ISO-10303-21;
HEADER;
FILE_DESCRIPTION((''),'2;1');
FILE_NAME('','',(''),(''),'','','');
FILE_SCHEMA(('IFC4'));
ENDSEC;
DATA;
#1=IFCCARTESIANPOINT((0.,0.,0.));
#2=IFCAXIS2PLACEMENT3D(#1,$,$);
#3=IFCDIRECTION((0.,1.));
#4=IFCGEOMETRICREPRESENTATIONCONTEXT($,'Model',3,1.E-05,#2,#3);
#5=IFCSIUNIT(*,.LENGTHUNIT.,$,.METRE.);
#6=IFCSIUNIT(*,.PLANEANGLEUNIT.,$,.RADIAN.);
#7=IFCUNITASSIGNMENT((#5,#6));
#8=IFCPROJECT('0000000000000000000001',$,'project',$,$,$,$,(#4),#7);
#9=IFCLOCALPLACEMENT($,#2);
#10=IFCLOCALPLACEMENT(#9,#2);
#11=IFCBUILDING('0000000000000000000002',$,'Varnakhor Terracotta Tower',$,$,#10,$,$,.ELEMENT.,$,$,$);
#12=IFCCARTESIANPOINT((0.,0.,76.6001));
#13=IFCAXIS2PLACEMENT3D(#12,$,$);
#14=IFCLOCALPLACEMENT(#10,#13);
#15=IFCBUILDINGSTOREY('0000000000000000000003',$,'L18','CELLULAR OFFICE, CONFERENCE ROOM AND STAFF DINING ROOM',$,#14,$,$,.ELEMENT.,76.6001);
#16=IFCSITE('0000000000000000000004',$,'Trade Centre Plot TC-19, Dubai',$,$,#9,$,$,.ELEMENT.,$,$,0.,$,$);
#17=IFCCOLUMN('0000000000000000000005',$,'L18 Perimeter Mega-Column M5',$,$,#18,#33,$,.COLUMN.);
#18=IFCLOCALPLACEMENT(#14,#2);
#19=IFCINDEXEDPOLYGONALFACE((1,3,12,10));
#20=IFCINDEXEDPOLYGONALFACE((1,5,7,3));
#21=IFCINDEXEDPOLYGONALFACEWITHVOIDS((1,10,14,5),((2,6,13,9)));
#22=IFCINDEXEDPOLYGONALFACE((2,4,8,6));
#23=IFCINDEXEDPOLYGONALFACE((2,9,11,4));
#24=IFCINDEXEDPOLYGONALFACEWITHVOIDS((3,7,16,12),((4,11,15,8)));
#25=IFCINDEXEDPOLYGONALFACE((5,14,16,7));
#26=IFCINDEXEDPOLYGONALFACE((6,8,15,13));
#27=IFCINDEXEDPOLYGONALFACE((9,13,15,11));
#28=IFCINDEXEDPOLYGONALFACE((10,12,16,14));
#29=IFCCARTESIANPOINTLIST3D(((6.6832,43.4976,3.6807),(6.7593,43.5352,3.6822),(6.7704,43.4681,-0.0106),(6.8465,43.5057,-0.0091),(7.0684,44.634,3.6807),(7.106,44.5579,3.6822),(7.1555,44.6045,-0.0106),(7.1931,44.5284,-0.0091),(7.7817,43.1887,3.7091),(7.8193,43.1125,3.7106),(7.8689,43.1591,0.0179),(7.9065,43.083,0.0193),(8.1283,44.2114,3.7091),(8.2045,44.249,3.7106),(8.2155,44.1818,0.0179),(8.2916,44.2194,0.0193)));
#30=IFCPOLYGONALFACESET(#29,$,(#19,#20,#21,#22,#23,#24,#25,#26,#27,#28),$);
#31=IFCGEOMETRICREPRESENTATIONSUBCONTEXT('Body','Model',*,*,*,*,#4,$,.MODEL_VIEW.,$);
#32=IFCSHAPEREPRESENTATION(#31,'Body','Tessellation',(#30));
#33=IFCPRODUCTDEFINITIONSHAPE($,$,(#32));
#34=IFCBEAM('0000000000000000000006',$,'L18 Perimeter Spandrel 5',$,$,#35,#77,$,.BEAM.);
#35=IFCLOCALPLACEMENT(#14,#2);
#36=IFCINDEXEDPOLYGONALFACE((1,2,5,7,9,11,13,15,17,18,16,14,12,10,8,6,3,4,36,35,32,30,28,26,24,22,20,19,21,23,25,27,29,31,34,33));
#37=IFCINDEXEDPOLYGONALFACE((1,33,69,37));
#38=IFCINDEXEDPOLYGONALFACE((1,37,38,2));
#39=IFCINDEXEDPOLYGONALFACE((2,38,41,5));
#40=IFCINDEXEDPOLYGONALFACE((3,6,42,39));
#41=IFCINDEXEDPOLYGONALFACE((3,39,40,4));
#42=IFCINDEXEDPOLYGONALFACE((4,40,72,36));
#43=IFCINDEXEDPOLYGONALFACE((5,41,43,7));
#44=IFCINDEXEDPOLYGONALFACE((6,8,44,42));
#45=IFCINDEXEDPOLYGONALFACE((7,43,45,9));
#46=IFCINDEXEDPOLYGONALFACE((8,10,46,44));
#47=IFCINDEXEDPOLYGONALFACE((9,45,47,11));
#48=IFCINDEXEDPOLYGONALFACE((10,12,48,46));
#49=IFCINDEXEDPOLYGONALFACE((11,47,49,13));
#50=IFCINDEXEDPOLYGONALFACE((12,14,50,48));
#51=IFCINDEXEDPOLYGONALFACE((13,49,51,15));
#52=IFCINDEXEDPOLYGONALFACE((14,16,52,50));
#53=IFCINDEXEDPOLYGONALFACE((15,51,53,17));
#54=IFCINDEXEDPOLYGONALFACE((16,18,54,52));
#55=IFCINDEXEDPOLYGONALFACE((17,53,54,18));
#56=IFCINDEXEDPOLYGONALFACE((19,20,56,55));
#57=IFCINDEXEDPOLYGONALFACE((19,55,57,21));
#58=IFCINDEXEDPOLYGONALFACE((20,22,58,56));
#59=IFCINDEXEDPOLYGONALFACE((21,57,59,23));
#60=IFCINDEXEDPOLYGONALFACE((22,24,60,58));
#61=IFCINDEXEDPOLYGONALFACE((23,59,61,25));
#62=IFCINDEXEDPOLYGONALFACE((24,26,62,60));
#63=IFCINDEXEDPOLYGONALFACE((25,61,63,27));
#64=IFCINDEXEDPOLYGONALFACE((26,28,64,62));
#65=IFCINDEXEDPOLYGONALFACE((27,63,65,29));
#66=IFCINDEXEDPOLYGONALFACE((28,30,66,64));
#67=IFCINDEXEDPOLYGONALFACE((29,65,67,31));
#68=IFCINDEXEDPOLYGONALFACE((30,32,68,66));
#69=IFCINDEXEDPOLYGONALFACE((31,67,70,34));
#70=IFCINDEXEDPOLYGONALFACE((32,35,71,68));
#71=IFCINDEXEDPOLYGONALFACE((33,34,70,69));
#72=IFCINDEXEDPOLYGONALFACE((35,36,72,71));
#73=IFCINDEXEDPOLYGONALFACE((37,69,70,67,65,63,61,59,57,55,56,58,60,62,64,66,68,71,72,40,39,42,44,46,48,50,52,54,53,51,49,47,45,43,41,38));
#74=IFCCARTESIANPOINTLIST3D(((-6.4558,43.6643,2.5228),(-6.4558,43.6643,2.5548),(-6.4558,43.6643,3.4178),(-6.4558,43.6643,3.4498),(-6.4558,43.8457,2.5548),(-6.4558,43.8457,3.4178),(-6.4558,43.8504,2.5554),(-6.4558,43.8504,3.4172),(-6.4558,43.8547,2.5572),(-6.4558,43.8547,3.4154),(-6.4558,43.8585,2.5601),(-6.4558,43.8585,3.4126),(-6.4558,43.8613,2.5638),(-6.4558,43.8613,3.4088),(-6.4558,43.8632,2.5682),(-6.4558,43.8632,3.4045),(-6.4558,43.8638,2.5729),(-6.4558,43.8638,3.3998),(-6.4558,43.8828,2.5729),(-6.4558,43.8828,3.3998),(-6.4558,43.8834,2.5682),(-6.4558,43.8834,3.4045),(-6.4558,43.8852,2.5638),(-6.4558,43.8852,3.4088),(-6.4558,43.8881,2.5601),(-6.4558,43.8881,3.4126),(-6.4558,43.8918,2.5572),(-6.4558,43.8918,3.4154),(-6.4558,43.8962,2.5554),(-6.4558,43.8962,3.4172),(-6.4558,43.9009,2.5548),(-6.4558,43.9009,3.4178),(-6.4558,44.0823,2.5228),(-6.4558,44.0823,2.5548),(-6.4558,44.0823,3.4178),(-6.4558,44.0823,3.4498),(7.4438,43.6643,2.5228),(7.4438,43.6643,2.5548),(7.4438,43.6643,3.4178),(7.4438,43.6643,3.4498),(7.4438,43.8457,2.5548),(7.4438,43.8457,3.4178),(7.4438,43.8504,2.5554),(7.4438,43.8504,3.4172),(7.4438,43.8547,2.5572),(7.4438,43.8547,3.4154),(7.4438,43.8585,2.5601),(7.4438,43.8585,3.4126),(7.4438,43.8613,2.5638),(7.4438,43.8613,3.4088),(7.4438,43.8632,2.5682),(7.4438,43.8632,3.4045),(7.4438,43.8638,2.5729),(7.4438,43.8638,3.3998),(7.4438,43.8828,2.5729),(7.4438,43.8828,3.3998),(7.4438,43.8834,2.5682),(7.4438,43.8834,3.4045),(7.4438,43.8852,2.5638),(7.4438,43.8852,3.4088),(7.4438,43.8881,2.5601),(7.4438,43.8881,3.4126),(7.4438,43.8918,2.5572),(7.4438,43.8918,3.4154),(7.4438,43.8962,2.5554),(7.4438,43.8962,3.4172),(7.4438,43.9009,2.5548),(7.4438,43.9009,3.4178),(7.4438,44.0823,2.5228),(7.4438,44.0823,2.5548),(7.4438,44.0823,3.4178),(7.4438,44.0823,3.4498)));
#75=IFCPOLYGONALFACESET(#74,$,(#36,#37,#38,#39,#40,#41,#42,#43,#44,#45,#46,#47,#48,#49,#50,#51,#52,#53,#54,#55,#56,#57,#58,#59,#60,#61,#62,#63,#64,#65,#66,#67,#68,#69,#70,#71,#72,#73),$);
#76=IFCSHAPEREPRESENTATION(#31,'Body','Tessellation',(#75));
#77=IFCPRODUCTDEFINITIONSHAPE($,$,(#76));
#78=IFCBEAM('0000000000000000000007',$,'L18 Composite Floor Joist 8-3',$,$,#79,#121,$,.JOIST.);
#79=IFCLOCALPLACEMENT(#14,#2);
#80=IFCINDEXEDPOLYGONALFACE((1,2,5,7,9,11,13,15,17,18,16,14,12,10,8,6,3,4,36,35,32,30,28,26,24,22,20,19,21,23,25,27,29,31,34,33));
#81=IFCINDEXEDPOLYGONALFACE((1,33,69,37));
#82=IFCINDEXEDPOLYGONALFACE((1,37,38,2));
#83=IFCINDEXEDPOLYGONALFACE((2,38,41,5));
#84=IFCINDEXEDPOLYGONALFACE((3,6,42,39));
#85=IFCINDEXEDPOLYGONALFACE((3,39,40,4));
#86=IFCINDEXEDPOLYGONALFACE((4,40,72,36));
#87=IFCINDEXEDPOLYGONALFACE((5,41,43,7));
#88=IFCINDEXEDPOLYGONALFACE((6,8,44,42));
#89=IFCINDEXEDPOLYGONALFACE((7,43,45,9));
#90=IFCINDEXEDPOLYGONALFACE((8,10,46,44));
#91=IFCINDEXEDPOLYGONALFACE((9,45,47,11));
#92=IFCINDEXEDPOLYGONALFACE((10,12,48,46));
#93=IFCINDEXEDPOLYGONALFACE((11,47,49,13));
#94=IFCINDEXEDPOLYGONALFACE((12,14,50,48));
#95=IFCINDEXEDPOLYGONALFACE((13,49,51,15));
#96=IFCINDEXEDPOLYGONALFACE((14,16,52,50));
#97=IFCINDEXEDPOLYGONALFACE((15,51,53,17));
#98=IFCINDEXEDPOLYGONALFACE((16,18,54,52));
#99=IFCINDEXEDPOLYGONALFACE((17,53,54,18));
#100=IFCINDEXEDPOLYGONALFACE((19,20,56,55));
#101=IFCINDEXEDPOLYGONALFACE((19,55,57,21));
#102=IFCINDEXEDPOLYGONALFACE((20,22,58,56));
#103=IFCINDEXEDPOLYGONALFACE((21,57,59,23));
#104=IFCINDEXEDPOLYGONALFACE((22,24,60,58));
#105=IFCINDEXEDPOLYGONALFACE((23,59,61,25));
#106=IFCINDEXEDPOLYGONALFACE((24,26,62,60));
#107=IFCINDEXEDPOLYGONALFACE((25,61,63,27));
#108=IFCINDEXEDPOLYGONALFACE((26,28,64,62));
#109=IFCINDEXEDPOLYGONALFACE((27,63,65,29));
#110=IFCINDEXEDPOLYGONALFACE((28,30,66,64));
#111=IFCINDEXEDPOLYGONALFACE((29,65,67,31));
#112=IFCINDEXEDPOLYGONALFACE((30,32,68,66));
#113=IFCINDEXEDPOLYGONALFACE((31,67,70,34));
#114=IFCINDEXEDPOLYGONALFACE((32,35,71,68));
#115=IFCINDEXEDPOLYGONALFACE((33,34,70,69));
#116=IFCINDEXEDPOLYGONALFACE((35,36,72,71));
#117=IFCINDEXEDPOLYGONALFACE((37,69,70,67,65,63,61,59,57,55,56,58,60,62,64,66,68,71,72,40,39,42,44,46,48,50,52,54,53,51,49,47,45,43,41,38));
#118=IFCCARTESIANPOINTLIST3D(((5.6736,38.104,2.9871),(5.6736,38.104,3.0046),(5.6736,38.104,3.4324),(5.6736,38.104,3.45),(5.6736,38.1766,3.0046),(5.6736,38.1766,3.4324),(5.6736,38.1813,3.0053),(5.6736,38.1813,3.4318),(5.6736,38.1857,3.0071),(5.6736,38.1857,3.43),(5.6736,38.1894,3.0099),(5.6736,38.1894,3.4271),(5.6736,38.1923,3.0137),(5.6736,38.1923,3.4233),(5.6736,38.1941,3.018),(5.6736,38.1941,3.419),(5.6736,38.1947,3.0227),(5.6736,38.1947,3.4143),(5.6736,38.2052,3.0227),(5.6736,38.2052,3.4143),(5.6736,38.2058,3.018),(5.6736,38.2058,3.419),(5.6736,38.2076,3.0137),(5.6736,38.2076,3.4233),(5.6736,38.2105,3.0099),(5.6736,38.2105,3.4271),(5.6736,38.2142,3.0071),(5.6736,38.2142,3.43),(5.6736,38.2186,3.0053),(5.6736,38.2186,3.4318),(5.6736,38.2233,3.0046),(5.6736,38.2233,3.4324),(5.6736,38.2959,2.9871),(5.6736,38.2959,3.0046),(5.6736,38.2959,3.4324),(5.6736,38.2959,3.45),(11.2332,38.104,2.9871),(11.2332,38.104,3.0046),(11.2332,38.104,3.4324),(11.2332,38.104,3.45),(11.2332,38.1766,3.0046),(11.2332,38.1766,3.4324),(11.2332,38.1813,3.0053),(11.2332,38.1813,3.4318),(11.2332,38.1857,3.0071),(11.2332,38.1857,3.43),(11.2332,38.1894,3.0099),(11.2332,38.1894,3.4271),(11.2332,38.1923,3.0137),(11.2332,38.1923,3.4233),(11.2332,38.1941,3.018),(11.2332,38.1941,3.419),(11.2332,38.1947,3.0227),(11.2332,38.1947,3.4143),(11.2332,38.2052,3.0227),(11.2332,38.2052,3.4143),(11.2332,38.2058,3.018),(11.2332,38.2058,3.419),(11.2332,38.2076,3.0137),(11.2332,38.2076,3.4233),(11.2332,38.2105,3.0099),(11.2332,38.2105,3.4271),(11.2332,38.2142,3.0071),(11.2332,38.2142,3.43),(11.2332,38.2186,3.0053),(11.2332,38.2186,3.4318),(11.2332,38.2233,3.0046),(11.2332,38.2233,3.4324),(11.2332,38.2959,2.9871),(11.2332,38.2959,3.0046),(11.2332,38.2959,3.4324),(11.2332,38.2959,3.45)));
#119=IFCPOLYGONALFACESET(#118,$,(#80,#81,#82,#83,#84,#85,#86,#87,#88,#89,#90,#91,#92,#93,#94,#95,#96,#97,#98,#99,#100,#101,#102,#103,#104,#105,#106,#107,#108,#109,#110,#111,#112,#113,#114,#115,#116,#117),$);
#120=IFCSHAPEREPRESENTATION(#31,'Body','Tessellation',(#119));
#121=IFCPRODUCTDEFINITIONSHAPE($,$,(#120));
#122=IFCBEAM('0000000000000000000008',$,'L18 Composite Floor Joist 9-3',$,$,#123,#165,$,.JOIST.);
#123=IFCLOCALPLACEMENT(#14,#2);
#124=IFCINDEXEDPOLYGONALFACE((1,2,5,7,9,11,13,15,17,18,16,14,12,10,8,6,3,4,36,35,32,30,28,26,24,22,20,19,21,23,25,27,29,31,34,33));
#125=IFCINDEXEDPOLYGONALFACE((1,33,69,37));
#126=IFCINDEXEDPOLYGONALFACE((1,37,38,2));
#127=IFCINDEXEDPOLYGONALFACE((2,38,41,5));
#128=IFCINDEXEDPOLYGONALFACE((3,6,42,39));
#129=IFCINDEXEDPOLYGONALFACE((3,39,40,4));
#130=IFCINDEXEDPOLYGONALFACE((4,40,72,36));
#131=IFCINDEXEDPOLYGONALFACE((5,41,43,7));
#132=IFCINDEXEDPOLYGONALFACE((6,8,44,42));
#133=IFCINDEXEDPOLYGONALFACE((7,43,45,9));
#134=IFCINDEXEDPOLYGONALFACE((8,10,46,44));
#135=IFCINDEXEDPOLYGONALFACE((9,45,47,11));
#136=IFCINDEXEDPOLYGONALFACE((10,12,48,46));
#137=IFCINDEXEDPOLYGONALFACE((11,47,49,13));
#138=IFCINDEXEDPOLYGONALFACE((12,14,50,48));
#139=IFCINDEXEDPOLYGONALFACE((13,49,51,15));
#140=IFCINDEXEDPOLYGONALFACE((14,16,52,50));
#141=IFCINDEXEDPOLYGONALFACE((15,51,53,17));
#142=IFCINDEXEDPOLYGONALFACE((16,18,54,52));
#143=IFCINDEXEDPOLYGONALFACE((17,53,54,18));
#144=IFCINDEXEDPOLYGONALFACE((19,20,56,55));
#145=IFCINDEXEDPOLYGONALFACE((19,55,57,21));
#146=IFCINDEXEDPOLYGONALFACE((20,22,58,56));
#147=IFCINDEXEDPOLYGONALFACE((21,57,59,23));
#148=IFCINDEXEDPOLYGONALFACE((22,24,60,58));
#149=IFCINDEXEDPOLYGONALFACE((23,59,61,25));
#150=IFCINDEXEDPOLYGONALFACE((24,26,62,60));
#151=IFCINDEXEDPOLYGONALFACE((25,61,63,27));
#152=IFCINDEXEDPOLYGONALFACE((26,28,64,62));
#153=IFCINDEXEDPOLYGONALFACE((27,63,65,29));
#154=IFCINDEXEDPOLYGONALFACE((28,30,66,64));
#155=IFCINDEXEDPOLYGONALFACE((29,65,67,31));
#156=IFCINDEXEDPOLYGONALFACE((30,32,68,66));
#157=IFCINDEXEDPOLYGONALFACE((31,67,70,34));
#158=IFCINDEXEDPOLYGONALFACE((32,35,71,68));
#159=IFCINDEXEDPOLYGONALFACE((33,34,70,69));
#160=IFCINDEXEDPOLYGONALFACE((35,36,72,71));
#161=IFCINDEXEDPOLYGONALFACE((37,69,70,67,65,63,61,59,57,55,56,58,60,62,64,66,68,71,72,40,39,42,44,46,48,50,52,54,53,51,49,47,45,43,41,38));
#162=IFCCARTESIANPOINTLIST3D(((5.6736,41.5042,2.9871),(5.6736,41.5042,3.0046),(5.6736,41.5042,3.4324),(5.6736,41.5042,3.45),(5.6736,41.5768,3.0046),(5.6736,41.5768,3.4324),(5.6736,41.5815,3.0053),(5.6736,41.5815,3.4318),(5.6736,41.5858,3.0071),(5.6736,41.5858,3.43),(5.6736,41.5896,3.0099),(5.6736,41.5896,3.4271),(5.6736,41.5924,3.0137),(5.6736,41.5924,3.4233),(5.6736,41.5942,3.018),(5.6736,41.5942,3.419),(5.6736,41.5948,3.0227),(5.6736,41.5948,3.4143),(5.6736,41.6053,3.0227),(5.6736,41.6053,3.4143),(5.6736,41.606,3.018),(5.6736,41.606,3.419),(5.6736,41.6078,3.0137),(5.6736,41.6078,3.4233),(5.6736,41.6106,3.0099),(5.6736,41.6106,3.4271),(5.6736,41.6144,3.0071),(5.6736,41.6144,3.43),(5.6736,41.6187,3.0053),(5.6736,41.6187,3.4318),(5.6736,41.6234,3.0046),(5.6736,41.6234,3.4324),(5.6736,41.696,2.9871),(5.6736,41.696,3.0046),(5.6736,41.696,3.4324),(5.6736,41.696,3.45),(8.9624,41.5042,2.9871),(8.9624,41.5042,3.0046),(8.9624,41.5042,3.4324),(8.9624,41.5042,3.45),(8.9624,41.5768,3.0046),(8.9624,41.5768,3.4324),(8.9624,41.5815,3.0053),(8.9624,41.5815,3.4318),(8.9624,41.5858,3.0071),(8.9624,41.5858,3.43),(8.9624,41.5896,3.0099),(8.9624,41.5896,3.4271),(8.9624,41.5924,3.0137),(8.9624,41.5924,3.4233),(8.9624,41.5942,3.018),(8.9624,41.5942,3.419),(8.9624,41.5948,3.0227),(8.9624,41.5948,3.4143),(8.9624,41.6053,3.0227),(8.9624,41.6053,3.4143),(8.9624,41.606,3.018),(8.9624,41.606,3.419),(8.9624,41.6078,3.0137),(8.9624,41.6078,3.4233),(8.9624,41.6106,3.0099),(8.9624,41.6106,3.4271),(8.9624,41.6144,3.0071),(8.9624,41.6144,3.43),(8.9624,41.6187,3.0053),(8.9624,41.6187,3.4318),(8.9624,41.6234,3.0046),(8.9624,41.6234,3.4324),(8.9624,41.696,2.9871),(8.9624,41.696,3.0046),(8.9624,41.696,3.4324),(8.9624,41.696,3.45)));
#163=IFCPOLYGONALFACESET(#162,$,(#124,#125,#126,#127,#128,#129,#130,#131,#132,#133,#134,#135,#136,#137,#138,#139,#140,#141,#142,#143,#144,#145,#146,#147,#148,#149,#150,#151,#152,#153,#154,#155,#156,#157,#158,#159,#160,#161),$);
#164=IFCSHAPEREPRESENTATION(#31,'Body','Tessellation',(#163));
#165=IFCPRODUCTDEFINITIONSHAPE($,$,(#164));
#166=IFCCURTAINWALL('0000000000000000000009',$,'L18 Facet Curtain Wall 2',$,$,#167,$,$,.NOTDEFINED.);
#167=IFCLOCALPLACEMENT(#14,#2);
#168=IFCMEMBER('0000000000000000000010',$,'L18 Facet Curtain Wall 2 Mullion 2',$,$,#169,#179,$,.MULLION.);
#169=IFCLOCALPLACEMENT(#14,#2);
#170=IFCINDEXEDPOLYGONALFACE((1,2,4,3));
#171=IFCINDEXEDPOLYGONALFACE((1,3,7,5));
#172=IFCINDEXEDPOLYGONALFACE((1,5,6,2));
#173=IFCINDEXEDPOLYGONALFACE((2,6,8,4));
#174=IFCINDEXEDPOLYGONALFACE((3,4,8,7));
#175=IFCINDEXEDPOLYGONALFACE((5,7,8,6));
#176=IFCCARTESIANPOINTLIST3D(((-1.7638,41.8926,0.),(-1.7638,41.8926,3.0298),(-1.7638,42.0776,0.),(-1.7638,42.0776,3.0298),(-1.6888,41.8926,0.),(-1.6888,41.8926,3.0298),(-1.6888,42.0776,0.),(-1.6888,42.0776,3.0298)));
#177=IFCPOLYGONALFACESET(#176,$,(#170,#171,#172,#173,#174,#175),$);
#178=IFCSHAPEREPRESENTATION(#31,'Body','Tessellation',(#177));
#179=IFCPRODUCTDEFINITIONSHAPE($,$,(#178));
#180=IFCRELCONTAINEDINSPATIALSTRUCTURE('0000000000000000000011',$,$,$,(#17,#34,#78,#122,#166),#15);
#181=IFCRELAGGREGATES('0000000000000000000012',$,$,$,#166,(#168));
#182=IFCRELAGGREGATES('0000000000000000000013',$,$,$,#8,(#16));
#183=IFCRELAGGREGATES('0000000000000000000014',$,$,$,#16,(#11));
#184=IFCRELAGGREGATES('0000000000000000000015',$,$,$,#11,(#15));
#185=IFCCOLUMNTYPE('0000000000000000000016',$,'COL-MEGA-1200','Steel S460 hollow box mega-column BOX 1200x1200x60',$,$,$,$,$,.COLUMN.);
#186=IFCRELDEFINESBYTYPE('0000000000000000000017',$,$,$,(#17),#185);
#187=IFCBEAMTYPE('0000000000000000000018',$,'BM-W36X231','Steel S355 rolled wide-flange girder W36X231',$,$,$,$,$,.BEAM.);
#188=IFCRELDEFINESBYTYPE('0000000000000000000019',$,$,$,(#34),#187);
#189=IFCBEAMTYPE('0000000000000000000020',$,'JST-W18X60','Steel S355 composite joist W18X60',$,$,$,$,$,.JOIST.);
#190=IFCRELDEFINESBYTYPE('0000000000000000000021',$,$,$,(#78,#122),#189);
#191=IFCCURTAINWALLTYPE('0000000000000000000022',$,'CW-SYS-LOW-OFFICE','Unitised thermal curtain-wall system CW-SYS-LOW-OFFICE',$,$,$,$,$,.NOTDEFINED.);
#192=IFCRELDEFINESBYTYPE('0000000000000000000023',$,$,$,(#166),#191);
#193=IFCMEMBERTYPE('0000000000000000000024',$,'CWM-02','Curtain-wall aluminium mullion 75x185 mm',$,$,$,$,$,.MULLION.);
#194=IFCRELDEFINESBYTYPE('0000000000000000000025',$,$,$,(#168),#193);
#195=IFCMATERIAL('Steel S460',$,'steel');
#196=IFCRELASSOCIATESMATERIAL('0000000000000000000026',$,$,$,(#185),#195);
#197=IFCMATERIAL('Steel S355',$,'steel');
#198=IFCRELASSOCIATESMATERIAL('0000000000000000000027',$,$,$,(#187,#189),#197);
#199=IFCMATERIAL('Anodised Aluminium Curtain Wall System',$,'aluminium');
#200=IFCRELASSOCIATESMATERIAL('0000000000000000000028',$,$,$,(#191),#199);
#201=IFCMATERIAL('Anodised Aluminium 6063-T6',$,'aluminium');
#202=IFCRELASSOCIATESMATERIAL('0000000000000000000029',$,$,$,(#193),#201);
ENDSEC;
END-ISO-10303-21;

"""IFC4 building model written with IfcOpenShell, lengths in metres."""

from ifc_helpers import new_model, si_unit, direction, frame, origin, origin_2d, place, context, subcontext, project, spatial, rectangle, hollow_rectangle, i_section, extrude, source, transform, mapped, material, material_profile, profile_set, type_object, element, aggregate, save


model = new_model("IFC4")

# Units and contexts
model_context = context("Model", 3, precision=1e-05, world=origin(), true_north=direction((0.0, 1.0)))
body_context = subcontext(model_context, "Body", "Model", "MODEL_VIEW")
ifc_project = project(units=[si_unit("LENGTHUNIT", "METRE"), si_unit("PLANEANGLEUNIT", "RADIAN")], contexts=[model_context])

# Site, building, storey
site_placement = place(None, origin())
site = spatial("IfcSite", under=ifc_project, at=site_placement, Name="Trade Centre Plot TC-19, Dubai", CompositionType="ELEMENT", RefElevation=0.0)
building_placement = place(site_placement, origin())
building = spatial("IfcBuilding", under=site, at=building_placement, Name="Varnakhor Terracotta Tower", CompositionType="ELEMENT")
storey_placement = place(building_placement, frame((0.0, 0.0, 76.6001)))
storey = spatial("IfcBuildingStorey", under=building, at=storey_placement, Name="L18", Description="CELLULAR OFFICE, CONFERENCE ROOM AND STAFF DINING ROOM", CompositionType="ELEMENT", Elevation=76.6001)

# Column
ifc_material_1 = material(Name="Steel S460", Category="steel")
ifc_material_profile_1 = material_profile(ifc_material_1, hollow_rectangle(XDim=1.2, YDim=1.2, WallThickness=0.0601, at=origin_2d()), Name="BOX 1200x1200x60")
ifc_profile_set_1 = profile_set([ifc_material_profile_1], Name="Steel S460")
column_type = type_object("IfcColumnType", Name="COL-MEGA-1200", Description="Steel S460 hollow box mega-column BOX 1200x1200x60", PredefinedType="COLUMN", material=ifc_profile_set_1)
shared_shape_1 = source(origin(), body_context, "Body", "SweptSolid", [
    extrude(hollow_rectangle(XDim=1.2, YDim=1.2, WallThickness=0.0601, at=origin_2d()), origin(), (0.0, 0.0, 1.0), 3.6924),
])
column_placement = place(storey_placement, frame((7.531, 43.8438, 0.0044), z_axis=(-0.023605, 0.008001, 0.999689), x_axis=(-0.320999, -0.94708, 0.0)))
element("IfcColumn", 1, at=column_placement, inside=storey, type_object=column_type, Name="L18 Perimeter Mega-Column M5", PredefinedType="COLUMN", context=body_context, shape_type="MappedRepresentation", body=[
    mapped(shared_shape_1, transform((0.0, 0.0, 0.0), scale=1.0)),
])

# Beams
ifc_material_2 = material(Name="Steel S355", Category="steel")
ifc_material_profile_2 = material_profile(ifc_material_2, i_section(OverallWidth=0.418, OverallDepth=0.927, WebThickness=0.019, FlangeThickness=0.032, FilletRadius=0.0181, at=origin_2d()), Name="W36X231")
ifc_profile_set_2 = profile_set([ifc_material_profile_2], Name="Steel S355")
beam_type_1 = type_object("IfcBeamType", Name="BM-W36X231", Description="Steel S355 rolled wide-flange girder W36X231", PredefinedType="BEAM", material=ifc_profile_set_2)
shared_shape_2 = source(origin(), body_context, "Body", "SweptSolid", [
    extrude(i_section(OverallWidth=0.418, OverallDepth=0.927, WebThickness=0.019, FlangeThickness=0.032, FilletRadius=0.0181, at=origin_2d()), origin(), (0.0, 0.0, 1.0), 13.8997),
])
beam_1_placement = place(storey_placement, frame((7.4438, 43.8733, 2.9863), z_axis=(-1.0, 0.0, 0.0), x_axis=(0.0, -1.0, 0.0)))
element("IfcBeam", 2, at=beam_1_placement, inside=storey, type_object=beam_type_1, Name="L18 Perimeter Spandrel 5", PredefinedType="BEAM", context=body_context, shape_type="MappedRepresentation", body=[
    mapped(shared_shape_2, transform((0.0, 0.0, 0.0), scale=1.0)),
])
ifc_material_profile_3 = material_profile(ifc_material_2, i_section(OverallWidth=0.1919, OverallDepth=0.4629, WebThickness=0.0105, FlangeThickness=0.0176, FilletRadius=0.0181, at=origin_2d()), Name="W18X60")
ifc_profile_set_3 = profile_set([ifc_material_profile_3], Name="Steel S355")
beam_type_2 = type_object("IfcBeamType", Name="JST-W18X60", Description="Steel S355 composite joist W18X60", PredefinedType="JOIST", material=ifc_profile_set_3)
shared_shape_3 = source(origin(), body_context, "Body", "SweptSolid", [
    extrude(i_section(OverallWidth=0.1919, OverallDepth=0.4629, WebThickness=0.0105, FlangeThickness=0.0176, FilletRadius=0.0181, at=origin_2d()), origin(), (0.0, 0.0, 1.0), 5.5596),
])
beam_2_placement = place(storey_placement, frame((5.6736, 38.2, 3.2185), z_axis=(1.0, 0.0, 0.0), x_axis=(0.0, 1.0, 0.0)))
element("IfcBeam", 3, at=beam_2_placement, inside=storey, type_object=beam_type_2, Name="L18 Composite Floor Joist 8-3", PredefinedType="JOIST", context=body_context, shape_type="MappedRepresentation", body=[
    mapped(shared_shape_3, transform((0.0, 0.0, 0.0), scale=1.0)),
])
shared_shape_4 = source(origin(), body_context, "Body", "SweptSolid", [
    extrude(i_section(OverallWidth=0.1919, OverallDepth=0.4629, WebThickness=0.0105, FlangeThickness=0.0176, FilletRadius=0.0181, at=origin_2d()), origin(), (0.0, 0.0, 1.0), 3.2888),
])
beam_3_placement = place(storey_placement, frame((5.6736, 41.6001, 3.2185), z_axis=(1.0, 0.0, 0.0), x_axis=(0.0, 1.0, 0.0)))
element("IfcBeam", 4, at=beam_3_placement, inside=storey, type_object=beam_type_2, Name="L18 Composite Floor Joist 9-3", PredefinedType="JOIST", context=body_context, shape_type="MappedRepresentation", body=[
    mapped(shared_shape_4, transform((0.0, 0.0, 0.0), scale=1.0)),
])

# Curtain wall, member
ifc_material_3 = material(Name="Anodised Aluminium Curtain Wall System", Category="aluminium")
curtain_wall_type = type_object("IfcCurtainWallType", Name="CW-SYS-LOW-OFFICE", Description="Unitised thermal curtain-wall system CW-SYS-LOW-OFFICE", PredefinedType="NOTDEFINED", material=ifc_material_3)
curtain_wall_1_placement = place(storey_placement, origin())
curtain_wall_1 = element("IfcCurtainWall", 5, at=curtain_wall_1_placement, inside=storey, type_object=curtain_wall_type, Name="L18 Facet Curtain Wall 2", PredefinedType="NOTDEFINED")
ifc_material_4 = material(Name="Anodised Aluminium 6063-T6", Category="aluminium")
ifc_material_profile_4 = material_profile(ifc_material_4, rectangle(XDim=0.075, YDim=0.1851, at=origin_2d()), Name="ALU MULLION 75x185")
ifc_profile_set_4 = profile_set([ifc_material_profile_4], Name="Anodised Aluminium 6063-T6")
member_type_1 = type_object("IfcMemberType", Name="CWM-02", Description="Curtain-wall aluminium mullion 75x185 mm", PredefinedType="MULLION", material=ifc_profile_set_4)
shared_shape_5 = source(origin(), body_context, "Body", "SweptSolid", [
    extrude(rectangle(XDim=0.075, YDim=0.1851, at=origin_2d()), origin(), (0.0, 0.0, 1.0), 3.0298),
])
member_1_placement = place(storey_placement, frame((-1.7263, 41.9851, 0.0), z_axis=(0.0, 0.0, 1.0), x_axis=(1.0, 0.0, 0.0)))
member_1 = element("IfcMember", 6, at=member_1_placement, type_object=member_type_1, Name="L18 Facet Curtain Wall 2 Mullion 2", PredefinedType="MULLION", context=body_context, shape_type="MappedRepresentation", body=[
    mapped(shared_shape_5, transform((0.0, 0.0, 0.0), scale=1.0)),
])

aggregate(curtain_wall_1, [member_1])

save(model, "model.ifc")
